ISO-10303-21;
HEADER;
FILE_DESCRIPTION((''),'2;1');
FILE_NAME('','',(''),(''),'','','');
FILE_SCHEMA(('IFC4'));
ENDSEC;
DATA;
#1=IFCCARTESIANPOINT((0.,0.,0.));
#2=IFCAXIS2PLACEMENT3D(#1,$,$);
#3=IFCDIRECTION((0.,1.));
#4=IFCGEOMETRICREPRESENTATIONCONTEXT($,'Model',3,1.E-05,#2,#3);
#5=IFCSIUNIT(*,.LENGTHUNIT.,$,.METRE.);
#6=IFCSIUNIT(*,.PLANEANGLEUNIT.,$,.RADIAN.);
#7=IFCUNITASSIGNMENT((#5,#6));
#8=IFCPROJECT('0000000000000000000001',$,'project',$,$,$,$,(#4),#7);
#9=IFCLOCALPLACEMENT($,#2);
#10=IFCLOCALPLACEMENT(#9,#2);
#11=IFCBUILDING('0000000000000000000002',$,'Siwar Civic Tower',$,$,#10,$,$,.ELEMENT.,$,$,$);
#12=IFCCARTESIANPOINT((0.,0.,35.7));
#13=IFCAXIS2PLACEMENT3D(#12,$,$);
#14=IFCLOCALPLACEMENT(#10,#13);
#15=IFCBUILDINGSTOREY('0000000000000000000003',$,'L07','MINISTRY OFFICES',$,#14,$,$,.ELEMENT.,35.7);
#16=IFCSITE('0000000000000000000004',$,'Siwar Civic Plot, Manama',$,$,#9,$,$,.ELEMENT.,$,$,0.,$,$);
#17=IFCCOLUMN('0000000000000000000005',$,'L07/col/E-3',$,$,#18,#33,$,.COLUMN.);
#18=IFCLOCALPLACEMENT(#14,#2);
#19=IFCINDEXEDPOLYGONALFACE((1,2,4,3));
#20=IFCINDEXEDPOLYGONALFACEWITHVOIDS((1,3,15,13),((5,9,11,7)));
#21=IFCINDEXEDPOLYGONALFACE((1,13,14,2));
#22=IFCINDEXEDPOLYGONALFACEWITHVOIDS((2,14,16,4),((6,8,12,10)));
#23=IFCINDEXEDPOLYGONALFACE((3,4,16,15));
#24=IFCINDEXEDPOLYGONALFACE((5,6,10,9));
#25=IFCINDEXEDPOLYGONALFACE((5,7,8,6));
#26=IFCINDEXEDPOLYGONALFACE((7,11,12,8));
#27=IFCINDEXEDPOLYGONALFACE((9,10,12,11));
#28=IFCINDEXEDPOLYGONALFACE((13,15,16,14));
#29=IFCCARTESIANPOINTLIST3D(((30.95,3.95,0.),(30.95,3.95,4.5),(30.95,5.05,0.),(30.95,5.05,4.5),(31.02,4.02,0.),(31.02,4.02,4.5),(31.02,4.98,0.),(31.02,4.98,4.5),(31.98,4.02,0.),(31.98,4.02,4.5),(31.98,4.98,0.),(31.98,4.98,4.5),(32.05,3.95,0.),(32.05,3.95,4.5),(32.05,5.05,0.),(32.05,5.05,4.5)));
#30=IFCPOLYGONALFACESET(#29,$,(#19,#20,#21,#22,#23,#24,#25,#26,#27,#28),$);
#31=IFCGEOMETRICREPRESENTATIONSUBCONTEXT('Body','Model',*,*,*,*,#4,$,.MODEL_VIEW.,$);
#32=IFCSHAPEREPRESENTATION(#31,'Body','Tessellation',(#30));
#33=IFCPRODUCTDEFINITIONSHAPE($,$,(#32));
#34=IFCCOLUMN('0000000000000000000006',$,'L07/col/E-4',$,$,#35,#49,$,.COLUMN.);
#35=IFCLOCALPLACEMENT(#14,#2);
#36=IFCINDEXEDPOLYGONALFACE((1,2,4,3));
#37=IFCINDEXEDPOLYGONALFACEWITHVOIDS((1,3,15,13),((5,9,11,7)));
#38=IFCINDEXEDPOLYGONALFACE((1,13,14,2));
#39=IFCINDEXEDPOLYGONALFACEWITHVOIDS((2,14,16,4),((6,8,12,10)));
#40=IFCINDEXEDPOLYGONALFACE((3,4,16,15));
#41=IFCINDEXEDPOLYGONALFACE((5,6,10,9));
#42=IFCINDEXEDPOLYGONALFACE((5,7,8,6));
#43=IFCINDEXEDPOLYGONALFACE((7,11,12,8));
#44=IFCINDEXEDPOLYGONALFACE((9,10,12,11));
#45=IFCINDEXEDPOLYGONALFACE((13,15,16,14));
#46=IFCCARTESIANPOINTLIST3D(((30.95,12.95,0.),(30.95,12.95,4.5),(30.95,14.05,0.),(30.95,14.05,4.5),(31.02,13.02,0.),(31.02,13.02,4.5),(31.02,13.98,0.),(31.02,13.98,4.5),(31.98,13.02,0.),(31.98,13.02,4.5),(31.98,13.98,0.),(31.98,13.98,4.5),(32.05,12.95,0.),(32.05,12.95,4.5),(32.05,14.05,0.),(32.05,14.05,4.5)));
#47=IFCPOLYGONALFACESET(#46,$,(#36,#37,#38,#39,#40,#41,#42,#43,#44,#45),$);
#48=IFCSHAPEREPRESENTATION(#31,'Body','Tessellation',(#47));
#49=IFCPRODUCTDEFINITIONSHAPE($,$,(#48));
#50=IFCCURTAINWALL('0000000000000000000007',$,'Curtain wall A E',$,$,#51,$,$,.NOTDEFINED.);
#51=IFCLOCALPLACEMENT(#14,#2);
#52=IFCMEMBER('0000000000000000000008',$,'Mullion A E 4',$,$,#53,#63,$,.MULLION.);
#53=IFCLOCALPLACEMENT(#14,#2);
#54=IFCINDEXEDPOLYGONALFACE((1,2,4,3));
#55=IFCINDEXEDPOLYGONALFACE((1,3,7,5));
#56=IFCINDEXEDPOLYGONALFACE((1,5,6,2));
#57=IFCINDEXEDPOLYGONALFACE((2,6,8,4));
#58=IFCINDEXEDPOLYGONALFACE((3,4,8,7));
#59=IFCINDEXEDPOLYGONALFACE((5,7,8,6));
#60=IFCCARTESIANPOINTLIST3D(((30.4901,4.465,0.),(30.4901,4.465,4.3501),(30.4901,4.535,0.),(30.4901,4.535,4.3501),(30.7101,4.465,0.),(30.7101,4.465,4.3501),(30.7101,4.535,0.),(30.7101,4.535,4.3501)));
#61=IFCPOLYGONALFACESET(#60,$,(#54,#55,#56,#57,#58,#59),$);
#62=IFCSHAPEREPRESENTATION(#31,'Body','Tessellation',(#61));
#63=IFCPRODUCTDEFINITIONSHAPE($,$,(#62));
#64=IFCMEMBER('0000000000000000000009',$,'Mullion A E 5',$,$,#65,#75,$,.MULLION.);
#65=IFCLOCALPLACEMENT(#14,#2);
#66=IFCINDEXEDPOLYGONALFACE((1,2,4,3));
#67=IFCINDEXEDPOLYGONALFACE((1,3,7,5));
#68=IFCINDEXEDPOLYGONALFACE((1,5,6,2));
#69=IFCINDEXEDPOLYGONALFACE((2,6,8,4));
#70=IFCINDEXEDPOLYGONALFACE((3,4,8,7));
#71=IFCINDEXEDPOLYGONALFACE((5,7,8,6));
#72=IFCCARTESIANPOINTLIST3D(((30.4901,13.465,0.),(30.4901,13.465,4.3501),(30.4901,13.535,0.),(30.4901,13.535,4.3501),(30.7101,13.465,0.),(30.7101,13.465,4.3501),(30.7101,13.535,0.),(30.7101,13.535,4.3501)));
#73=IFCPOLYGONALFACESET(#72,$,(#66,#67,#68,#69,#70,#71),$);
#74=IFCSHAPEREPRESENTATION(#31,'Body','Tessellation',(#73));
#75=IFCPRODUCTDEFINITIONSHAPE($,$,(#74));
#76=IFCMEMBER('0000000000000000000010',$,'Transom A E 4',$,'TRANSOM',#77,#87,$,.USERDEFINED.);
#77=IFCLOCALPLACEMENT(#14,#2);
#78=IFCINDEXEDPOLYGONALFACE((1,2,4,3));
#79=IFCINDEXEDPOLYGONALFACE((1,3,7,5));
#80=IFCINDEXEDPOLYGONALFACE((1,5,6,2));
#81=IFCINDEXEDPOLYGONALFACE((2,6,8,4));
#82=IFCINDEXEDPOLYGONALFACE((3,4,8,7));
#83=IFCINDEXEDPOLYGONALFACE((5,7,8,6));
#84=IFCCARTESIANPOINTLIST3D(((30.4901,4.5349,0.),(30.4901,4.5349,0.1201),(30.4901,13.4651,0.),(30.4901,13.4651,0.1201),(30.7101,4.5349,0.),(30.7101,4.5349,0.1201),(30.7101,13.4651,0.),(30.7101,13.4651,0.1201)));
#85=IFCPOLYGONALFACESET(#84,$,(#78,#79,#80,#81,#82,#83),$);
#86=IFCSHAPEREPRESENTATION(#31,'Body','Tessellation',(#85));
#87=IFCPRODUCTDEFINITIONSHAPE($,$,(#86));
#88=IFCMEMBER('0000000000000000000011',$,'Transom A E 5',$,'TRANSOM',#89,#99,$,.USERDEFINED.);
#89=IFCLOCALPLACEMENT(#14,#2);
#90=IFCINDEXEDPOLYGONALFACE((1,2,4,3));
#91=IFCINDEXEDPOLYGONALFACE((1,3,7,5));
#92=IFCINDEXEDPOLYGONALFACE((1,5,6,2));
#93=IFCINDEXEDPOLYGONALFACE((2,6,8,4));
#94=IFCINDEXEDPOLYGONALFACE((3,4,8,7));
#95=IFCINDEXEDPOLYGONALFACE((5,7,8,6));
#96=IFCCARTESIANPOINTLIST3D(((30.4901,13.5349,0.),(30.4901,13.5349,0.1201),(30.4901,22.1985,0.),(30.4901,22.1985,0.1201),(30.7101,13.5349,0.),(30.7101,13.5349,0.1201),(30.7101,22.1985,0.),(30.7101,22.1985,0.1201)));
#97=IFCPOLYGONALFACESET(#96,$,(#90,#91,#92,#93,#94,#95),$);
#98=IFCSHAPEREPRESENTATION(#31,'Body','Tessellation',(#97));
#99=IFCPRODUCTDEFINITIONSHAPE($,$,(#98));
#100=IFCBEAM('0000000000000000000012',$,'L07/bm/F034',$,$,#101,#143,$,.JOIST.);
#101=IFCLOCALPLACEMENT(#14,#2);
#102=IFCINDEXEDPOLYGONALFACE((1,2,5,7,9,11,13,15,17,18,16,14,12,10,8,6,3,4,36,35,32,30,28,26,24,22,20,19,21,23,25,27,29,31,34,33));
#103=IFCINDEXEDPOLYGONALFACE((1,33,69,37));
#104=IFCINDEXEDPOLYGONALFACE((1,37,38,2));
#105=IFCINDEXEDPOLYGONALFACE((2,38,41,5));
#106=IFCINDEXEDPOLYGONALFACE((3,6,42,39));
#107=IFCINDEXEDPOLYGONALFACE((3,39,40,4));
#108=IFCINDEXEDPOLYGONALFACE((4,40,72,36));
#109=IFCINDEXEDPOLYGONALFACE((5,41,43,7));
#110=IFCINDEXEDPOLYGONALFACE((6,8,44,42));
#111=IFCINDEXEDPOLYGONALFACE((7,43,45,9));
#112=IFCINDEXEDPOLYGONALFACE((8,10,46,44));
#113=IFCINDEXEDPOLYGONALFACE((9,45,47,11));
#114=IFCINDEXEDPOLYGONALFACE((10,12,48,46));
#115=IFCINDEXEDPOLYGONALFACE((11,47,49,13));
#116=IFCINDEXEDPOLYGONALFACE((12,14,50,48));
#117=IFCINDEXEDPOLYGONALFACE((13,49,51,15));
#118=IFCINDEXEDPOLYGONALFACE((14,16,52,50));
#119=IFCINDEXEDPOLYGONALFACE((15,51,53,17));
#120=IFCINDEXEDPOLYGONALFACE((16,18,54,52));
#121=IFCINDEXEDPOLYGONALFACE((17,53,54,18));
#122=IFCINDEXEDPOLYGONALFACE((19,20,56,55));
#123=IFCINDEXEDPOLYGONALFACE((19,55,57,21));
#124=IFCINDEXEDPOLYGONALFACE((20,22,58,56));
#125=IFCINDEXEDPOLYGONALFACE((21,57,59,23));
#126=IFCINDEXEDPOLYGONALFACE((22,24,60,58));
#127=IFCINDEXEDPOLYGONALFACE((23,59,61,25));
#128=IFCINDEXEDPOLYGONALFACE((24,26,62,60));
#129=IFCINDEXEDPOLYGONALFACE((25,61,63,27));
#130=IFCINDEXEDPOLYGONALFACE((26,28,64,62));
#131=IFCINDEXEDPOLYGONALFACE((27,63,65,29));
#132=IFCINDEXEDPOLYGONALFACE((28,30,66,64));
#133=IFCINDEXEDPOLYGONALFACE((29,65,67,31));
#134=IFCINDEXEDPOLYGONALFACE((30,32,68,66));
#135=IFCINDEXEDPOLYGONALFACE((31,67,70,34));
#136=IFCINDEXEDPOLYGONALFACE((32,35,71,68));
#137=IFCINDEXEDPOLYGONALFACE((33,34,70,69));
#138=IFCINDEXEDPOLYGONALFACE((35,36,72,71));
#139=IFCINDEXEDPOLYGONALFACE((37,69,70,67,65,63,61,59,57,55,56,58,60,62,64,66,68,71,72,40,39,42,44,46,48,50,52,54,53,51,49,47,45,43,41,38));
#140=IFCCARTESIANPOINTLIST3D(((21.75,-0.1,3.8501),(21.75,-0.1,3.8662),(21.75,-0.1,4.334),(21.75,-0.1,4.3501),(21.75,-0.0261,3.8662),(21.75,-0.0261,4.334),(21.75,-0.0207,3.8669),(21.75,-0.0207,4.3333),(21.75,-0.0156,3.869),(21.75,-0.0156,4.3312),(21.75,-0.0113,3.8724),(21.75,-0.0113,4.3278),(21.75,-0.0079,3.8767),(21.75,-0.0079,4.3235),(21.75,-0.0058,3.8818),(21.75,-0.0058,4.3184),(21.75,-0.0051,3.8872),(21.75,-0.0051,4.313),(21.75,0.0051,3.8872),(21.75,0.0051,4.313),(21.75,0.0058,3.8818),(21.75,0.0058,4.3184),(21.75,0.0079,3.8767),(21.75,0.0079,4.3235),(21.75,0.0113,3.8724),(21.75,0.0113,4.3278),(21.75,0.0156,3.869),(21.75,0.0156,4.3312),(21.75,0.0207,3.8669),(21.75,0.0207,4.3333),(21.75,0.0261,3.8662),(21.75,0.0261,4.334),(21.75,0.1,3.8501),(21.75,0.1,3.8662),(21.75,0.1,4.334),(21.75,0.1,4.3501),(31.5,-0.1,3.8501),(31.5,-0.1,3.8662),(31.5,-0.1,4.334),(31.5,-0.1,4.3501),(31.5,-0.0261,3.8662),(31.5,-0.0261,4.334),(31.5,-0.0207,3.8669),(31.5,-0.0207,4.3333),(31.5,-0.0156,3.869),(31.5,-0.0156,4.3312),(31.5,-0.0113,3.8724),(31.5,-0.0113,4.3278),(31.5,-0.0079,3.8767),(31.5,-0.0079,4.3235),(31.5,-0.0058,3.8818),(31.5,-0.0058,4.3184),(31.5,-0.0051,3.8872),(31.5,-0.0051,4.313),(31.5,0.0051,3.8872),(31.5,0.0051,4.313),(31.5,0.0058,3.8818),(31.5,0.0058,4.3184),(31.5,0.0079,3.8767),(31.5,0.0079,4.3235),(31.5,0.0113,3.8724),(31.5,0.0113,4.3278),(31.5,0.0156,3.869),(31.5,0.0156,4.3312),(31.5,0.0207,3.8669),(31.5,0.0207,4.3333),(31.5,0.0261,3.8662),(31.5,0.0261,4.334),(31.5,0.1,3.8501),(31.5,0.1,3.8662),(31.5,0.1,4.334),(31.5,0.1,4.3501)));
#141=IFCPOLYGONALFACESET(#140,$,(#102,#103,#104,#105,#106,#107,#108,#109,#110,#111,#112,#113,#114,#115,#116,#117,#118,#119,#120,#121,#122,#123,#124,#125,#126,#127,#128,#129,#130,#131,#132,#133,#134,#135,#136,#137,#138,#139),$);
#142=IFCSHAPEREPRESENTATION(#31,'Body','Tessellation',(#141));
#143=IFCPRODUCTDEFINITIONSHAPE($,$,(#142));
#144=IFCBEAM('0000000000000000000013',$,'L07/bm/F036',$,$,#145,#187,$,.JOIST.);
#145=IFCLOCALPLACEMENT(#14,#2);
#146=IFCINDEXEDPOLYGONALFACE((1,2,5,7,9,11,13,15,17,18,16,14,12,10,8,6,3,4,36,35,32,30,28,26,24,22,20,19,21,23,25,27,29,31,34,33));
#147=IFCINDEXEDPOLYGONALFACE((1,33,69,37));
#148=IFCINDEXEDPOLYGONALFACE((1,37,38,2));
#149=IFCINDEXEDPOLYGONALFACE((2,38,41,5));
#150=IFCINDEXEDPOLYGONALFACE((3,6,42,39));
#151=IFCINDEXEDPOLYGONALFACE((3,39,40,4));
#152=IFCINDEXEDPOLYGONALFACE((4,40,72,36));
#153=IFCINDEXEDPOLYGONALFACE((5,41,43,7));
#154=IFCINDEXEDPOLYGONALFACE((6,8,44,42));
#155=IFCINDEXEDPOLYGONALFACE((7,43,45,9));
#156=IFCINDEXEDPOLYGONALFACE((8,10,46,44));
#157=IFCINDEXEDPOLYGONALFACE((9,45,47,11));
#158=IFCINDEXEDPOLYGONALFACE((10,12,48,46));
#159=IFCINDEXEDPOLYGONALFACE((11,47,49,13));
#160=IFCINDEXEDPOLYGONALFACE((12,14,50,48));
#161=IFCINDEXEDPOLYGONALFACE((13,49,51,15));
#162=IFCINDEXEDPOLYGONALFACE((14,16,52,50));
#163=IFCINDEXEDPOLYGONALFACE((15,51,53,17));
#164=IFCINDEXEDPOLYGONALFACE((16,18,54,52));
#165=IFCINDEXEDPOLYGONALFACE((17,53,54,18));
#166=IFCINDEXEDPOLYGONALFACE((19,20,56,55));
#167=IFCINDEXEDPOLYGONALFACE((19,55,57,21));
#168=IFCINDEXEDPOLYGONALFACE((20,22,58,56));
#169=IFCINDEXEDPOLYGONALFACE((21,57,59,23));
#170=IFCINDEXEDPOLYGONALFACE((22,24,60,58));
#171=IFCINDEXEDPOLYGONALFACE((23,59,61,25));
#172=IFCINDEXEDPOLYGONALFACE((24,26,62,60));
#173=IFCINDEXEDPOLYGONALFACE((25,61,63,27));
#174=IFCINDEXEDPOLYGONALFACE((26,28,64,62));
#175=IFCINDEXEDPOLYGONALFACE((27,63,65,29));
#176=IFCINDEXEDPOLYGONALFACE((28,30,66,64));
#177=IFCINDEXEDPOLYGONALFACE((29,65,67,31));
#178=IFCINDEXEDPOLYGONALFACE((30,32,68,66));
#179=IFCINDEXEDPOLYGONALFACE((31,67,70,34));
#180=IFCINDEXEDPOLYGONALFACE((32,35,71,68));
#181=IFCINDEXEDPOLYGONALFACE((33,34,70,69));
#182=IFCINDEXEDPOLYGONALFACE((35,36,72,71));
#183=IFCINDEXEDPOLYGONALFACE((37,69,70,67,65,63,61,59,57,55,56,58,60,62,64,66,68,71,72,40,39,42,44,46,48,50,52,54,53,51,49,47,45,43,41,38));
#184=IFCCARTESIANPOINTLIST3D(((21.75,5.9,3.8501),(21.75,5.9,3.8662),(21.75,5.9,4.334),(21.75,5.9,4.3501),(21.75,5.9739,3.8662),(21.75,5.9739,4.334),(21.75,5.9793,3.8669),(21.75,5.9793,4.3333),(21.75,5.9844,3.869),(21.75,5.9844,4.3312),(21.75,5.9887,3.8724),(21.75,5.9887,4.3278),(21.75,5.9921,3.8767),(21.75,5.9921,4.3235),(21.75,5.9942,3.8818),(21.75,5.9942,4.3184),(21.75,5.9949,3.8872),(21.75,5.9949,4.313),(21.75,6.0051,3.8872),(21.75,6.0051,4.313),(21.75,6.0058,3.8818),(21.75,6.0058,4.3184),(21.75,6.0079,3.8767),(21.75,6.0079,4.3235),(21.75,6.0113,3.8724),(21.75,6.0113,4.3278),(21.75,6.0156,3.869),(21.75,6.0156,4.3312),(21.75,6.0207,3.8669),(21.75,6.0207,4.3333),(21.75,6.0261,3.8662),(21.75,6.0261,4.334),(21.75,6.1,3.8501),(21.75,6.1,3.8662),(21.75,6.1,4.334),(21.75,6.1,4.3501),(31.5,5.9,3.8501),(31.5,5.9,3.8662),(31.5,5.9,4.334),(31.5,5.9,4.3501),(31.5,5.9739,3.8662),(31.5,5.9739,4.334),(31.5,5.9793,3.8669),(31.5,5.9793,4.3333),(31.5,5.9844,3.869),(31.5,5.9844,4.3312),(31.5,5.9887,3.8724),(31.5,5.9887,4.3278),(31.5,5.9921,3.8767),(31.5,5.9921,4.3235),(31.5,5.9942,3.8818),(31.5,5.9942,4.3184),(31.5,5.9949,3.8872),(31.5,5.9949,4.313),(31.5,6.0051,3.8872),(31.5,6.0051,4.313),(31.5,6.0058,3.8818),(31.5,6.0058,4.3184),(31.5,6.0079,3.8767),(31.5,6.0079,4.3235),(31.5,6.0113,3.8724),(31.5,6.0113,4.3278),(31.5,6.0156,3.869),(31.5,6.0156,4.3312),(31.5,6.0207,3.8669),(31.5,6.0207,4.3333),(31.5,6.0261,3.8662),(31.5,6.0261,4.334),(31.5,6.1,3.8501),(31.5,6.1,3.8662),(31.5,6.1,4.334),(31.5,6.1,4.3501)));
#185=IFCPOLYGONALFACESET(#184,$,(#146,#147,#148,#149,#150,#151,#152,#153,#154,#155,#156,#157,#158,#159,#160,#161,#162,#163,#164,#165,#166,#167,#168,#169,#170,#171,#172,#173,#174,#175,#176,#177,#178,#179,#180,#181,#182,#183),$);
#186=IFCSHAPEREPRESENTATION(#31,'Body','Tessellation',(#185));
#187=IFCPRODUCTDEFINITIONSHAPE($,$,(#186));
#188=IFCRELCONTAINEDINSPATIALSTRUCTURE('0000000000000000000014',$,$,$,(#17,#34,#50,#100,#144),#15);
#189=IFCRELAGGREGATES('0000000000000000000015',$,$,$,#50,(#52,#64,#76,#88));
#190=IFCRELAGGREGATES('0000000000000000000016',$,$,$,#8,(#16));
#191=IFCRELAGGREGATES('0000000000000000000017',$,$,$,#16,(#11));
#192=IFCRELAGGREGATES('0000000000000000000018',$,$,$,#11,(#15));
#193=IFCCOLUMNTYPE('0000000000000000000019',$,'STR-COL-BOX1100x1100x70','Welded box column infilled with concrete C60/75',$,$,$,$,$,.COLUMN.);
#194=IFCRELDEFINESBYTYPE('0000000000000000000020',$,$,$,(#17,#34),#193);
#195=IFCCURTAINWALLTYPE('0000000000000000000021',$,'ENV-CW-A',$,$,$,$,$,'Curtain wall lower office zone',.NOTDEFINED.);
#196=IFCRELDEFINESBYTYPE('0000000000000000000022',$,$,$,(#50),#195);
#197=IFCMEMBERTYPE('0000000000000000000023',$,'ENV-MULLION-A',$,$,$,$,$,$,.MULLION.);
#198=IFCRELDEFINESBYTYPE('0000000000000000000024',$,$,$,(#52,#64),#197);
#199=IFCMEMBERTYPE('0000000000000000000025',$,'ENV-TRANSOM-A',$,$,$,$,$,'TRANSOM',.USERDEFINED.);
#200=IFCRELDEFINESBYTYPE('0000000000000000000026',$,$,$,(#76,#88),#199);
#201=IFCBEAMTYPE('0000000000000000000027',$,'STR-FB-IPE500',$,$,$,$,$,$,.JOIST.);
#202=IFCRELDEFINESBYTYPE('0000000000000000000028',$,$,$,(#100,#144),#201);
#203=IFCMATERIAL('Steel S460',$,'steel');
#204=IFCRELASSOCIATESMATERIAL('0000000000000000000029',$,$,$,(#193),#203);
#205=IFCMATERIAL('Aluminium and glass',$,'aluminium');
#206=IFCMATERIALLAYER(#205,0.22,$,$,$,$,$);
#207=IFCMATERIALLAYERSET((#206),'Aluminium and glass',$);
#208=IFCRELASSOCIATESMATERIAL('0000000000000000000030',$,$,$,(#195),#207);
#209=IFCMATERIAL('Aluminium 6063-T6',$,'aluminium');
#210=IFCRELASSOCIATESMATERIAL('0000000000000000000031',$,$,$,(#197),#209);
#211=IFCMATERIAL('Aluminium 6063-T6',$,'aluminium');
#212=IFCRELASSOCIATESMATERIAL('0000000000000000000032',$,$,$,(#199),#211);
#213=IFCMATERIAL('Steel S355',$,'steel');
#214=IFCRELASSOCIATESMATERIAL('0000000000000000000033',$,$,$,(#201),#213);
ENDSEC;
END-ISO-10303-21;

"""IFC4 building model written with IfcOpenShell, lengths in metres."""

from ifc_helpers import new_model, si_unit, direction, frame, origin, origin_2d, place, context, subcontext, project, spatial, rectangle, hollow_rectangle, i_section, extrude, material, layer, layer_set, material_profile, profile_set, type_object, element, aggregate, save


model = new_model("IFC4")

# Units and contexts
model_context = context("Model", 3, precision=1e-05, world=origin(), true_north=direction((0.0, 1.0)))
body_context = subcontext(model_context, "Body", "Model", "MODEL_VIEW")
ifc_project = project(units=[si_unit("LENGTHUNIT", "METRE"), si_unit("PLANEANGLEUNIT", "RADIAN")], contexts=[model_context])

# Site, building, storey
site_placement = place(None, origin())
site = spatial("IfcSite", under=ifc_project, at=site_placement, Name="Siwar Civic Plot, Manama", CompositionType="ELEMENT", RefElevation=0.0)
building_placement = place(site_placement, origin())
building = spatial("IfcBuilding", under=site, at=building_placement, Name="Siwar Civic Tower", CompositionType="ELEMENT")
storey_placement = place(building_placement, frame((0.0, 0.0, 35.7)))
storey = spatial("IfcBuildingStorey", under=building, at=storey_placement, Name="L07", Description="MINISTRY OFFICES", CompositionType="ELEMENT", Elevation=35.7)

# Columns
ifc_material_1 = material(Name="Steel S460", Category="steel")
ifc_material_profile_1 = material_profile(ifc_material_1, hollow_rectangle(XDim=1.1001, YDim=1.1001, WallThickness=0.0701, at=origin_2d()), Name="BOX1100x1100x70")
ifc_profile_set_1 = profile_set([ifc_material_profile_1], Name="Steel S460")
column_type = type_object("IfcColumnType", Name="STR-COL-BOX1100x1100x70", Description="Welded box column infilled with concrete C60/75", PredefinedType="COLUMN", material=ifc_profile_set_1)
for number, where, z_axis, x_axis, name in (
    (1, (31.5, 4.5, 0.0), (0.0, 0.0, 1.0), (1.0, 0.0, 0.0), "L07/col/E-3"),
    (2, (31.5, 13.5, 0.0), (0.0, 0.0, 1.0), (1.0, 0.0, 0.0), "L07/col/E-4"),
):
    element("IfcColumn", number, at=place(storey_placement, frame(where, z_axis=z_axis, x_axis=x_axis)), inside=storey, type_object=column_type, Name=name, PredefinedType="COLUMN", context=body_context, shape_type="SweptSolid", body=[
        extrude(hollow_rectangle(XDim=1.1001, YDim=1.1001, WallThickness=0.0701, at=origin_2d()), origin(), (0.0, 0.0, 1.0), 4.5),
    ])

# Curtain wall, members
ifc_material_2 = material(Name="Aluminium and glass", Category="aluminium")
ifc_layer_1 = layer(ifc_material_2, 0.22)
ifc_layer_set_1 = layer_set([ifc_layer_1], Name="Aluminium and glass")
curtain_wall_type = type_object("IfcCurtainWallType", Name="ENV-CW-A", ElementType="Curtain wall lower office zone", PredefinedType="NOTDEFINED", material=ifc_layer_set_1)
curtain_wall_placement = place(storey_placement, origin())
curtain_wall = element("IfcCurtainWall", 3, at=curtain_wall_placement, inside=storey, type_object=curtain_wall_type, Name="Curtain wall A E", PredefinedType="NOTDEFINED")
ifc_material_3 = material(Name="Aluminium 6063-T6", Category="aluminium")
ifc_material_profile_2 = material_profile(ifc_material_3, rectangle(XDim=0.22, YDim=0.0701, at=origin_2d()), Name="AL 220x70")
ifc_profile_set_2 = profile_set([ifc_material_profile_2], Name="Aluminium 6063-T6")
member_type_1 = type_object("IfcMemberType", Name="ENV-MULLION-A", PredefinedType="MULLION", material=ifc_profile_set_2)
member_1_placement = place(storey_placement, frame((30.6001, 4.5, 0.0), z_axis=(0.0, 0.0, 1.0), x_axis=(-1.0, 0.0, 0.0)))
member_1 = element("IfcMember", 4, at=member_1_placement, type_object=member_type_1, Name="Mullion A E 4", PredefinedType="MULLION", context=body_context, shape_type="SweptSolid", body=[
    extrude(rectangle(XDim=0.22, YDim=0.0701, at=origin_2d()), origin(), (0.0, 0.0, 1.0), 4.3501),
])
member_2_placement = place(storey_placement, frame((30.6001, 13.5, 0.0), z_axis=(0.0, 0.0, 1.0), x_axis=(-1.0, 0.0, 0.0)))
member_2 = element("IfcMember", 5, at=member_2_placement, type_object=member_type_1, Name="Mullion A E 5", PredefinedType="MULLION", context=body_context, shape_type="SweptSolid", body=[
    extrude(rectangle(XDim=0.22, YDim=0.0701, at=origin_2d()), origin(), (0.0, 0.0, 1.0), 4.3501),
])
ifc_material_4 = material(Name="Aluminium 6063-T6", Category="aluminium")
ifc_material_profile_3 = material_profile(ifc_material_4, rectangle(XDim=0.22, YDim=0.1201, at=origin_2d()), Name="AL 220x120")
ifc_profile_set_3 = profile_set([ifc_material_profile_3], Name="Aluminium 6063-T6")
member_type_2 = type_object("IfcMemberType", Name="ENV-TRANSOM-A", ElementType="TRANSOM", PredefinedType="USERDEFINED", material=ifc_profile_set_3)
member_3_placement = place(storey_placement, frame((30.6001, 4.5349, 0.0601), z_axis=(0.0, 1.0, 0.0), x_axis=(-1.0, 0.0, 0.0)))
member_3 = element("IfcMember", 6, at=member_3_placement, type_object=member_type_2, Name="Transom A E 4", ObjectType="TRANSOM", PredefinedType="USERDEFINED", context=body_context, shape_type="SweptSolid", body=[
    extrude(rectangle(XDim=0.22, YDim=0.1201, at=origin_2d()), origin(), (0.0, 0.0, 1.0), 8.9302),
])
member_4_placement = place(storey_placement, frame((30.6001, 13.5349, 0.0601), z_axis=(0.0, 1.0, 0.0), x_axis=(-1.0, 0.0, 0.0)))
member_4 = element("IfcMember", 7, at=member_4_placement, type_object=member_type_2, Name="Transom A E 5", ObjectType="TRANSOM", PredefinedType="USERDEFINED", context=body_context, shape_type="SweptSolid", body=[
    extrude(rectangle(XDim=0.22, YDim=0.1201, at=origin_2d()), origin(), (0.0, 0.0, 1.0), 8.6636),
])

# Beams
ifc_material_5 = material(Name="Steel S355", Category="steel")
ifc_material_profile_4 = material_profile(ifc_material_5, i_section(OverallWidth=0.2, OverallDepth=0.5, WebThickness=0.0103, FlangeThickness=0.0161, FilletRadius=0.021, at=origin_2d()), Name="IPE500")
ifc_profile_set_4 = profile_set([ifc_material_profile_4], Name="Steel S355")
beam_type_1 = type_object("IfcBeamType", Name="STR-FB-IPE500", PredefinedType="JOIST", material=ifc_profile_set_4)
for number, where, z_axis, x_axis, name in (
    (8, (21.75, 0.0, 4.1001), (1.0, 0.0, 0.0), (0.0, 1.0, 0.0), "L07/bm/F034"),
    (9, (21.75, 6.0, 4.1001), (1.0, 0.0, 0.0), (0.0, 1.0, 0.0), "L07/bm/F036"),
):
    element("IfcBeam", number, at=place(storey_placement, frame(where, z_axis=z_axis, x_axis=x_axis)), inside=storey, type_object=beam_type_1, Name=name, PredefinedType="JOIST", context=body_context, shape_type="SweptSolid", body=[
        extrude(i_section(OverallWidth=0.2, OverallDepth=0.5, WebThickness=0.0103, FlangeThickness=0.0161, FilletRadius=0.021, at=origin_2d()), origin(), (0.0, 0.0, 1.0), 9.75),
    ])

aggregate(curtain_wall, [member_1, member_2, member_3, member_4])

save(model, "model.ifc")
